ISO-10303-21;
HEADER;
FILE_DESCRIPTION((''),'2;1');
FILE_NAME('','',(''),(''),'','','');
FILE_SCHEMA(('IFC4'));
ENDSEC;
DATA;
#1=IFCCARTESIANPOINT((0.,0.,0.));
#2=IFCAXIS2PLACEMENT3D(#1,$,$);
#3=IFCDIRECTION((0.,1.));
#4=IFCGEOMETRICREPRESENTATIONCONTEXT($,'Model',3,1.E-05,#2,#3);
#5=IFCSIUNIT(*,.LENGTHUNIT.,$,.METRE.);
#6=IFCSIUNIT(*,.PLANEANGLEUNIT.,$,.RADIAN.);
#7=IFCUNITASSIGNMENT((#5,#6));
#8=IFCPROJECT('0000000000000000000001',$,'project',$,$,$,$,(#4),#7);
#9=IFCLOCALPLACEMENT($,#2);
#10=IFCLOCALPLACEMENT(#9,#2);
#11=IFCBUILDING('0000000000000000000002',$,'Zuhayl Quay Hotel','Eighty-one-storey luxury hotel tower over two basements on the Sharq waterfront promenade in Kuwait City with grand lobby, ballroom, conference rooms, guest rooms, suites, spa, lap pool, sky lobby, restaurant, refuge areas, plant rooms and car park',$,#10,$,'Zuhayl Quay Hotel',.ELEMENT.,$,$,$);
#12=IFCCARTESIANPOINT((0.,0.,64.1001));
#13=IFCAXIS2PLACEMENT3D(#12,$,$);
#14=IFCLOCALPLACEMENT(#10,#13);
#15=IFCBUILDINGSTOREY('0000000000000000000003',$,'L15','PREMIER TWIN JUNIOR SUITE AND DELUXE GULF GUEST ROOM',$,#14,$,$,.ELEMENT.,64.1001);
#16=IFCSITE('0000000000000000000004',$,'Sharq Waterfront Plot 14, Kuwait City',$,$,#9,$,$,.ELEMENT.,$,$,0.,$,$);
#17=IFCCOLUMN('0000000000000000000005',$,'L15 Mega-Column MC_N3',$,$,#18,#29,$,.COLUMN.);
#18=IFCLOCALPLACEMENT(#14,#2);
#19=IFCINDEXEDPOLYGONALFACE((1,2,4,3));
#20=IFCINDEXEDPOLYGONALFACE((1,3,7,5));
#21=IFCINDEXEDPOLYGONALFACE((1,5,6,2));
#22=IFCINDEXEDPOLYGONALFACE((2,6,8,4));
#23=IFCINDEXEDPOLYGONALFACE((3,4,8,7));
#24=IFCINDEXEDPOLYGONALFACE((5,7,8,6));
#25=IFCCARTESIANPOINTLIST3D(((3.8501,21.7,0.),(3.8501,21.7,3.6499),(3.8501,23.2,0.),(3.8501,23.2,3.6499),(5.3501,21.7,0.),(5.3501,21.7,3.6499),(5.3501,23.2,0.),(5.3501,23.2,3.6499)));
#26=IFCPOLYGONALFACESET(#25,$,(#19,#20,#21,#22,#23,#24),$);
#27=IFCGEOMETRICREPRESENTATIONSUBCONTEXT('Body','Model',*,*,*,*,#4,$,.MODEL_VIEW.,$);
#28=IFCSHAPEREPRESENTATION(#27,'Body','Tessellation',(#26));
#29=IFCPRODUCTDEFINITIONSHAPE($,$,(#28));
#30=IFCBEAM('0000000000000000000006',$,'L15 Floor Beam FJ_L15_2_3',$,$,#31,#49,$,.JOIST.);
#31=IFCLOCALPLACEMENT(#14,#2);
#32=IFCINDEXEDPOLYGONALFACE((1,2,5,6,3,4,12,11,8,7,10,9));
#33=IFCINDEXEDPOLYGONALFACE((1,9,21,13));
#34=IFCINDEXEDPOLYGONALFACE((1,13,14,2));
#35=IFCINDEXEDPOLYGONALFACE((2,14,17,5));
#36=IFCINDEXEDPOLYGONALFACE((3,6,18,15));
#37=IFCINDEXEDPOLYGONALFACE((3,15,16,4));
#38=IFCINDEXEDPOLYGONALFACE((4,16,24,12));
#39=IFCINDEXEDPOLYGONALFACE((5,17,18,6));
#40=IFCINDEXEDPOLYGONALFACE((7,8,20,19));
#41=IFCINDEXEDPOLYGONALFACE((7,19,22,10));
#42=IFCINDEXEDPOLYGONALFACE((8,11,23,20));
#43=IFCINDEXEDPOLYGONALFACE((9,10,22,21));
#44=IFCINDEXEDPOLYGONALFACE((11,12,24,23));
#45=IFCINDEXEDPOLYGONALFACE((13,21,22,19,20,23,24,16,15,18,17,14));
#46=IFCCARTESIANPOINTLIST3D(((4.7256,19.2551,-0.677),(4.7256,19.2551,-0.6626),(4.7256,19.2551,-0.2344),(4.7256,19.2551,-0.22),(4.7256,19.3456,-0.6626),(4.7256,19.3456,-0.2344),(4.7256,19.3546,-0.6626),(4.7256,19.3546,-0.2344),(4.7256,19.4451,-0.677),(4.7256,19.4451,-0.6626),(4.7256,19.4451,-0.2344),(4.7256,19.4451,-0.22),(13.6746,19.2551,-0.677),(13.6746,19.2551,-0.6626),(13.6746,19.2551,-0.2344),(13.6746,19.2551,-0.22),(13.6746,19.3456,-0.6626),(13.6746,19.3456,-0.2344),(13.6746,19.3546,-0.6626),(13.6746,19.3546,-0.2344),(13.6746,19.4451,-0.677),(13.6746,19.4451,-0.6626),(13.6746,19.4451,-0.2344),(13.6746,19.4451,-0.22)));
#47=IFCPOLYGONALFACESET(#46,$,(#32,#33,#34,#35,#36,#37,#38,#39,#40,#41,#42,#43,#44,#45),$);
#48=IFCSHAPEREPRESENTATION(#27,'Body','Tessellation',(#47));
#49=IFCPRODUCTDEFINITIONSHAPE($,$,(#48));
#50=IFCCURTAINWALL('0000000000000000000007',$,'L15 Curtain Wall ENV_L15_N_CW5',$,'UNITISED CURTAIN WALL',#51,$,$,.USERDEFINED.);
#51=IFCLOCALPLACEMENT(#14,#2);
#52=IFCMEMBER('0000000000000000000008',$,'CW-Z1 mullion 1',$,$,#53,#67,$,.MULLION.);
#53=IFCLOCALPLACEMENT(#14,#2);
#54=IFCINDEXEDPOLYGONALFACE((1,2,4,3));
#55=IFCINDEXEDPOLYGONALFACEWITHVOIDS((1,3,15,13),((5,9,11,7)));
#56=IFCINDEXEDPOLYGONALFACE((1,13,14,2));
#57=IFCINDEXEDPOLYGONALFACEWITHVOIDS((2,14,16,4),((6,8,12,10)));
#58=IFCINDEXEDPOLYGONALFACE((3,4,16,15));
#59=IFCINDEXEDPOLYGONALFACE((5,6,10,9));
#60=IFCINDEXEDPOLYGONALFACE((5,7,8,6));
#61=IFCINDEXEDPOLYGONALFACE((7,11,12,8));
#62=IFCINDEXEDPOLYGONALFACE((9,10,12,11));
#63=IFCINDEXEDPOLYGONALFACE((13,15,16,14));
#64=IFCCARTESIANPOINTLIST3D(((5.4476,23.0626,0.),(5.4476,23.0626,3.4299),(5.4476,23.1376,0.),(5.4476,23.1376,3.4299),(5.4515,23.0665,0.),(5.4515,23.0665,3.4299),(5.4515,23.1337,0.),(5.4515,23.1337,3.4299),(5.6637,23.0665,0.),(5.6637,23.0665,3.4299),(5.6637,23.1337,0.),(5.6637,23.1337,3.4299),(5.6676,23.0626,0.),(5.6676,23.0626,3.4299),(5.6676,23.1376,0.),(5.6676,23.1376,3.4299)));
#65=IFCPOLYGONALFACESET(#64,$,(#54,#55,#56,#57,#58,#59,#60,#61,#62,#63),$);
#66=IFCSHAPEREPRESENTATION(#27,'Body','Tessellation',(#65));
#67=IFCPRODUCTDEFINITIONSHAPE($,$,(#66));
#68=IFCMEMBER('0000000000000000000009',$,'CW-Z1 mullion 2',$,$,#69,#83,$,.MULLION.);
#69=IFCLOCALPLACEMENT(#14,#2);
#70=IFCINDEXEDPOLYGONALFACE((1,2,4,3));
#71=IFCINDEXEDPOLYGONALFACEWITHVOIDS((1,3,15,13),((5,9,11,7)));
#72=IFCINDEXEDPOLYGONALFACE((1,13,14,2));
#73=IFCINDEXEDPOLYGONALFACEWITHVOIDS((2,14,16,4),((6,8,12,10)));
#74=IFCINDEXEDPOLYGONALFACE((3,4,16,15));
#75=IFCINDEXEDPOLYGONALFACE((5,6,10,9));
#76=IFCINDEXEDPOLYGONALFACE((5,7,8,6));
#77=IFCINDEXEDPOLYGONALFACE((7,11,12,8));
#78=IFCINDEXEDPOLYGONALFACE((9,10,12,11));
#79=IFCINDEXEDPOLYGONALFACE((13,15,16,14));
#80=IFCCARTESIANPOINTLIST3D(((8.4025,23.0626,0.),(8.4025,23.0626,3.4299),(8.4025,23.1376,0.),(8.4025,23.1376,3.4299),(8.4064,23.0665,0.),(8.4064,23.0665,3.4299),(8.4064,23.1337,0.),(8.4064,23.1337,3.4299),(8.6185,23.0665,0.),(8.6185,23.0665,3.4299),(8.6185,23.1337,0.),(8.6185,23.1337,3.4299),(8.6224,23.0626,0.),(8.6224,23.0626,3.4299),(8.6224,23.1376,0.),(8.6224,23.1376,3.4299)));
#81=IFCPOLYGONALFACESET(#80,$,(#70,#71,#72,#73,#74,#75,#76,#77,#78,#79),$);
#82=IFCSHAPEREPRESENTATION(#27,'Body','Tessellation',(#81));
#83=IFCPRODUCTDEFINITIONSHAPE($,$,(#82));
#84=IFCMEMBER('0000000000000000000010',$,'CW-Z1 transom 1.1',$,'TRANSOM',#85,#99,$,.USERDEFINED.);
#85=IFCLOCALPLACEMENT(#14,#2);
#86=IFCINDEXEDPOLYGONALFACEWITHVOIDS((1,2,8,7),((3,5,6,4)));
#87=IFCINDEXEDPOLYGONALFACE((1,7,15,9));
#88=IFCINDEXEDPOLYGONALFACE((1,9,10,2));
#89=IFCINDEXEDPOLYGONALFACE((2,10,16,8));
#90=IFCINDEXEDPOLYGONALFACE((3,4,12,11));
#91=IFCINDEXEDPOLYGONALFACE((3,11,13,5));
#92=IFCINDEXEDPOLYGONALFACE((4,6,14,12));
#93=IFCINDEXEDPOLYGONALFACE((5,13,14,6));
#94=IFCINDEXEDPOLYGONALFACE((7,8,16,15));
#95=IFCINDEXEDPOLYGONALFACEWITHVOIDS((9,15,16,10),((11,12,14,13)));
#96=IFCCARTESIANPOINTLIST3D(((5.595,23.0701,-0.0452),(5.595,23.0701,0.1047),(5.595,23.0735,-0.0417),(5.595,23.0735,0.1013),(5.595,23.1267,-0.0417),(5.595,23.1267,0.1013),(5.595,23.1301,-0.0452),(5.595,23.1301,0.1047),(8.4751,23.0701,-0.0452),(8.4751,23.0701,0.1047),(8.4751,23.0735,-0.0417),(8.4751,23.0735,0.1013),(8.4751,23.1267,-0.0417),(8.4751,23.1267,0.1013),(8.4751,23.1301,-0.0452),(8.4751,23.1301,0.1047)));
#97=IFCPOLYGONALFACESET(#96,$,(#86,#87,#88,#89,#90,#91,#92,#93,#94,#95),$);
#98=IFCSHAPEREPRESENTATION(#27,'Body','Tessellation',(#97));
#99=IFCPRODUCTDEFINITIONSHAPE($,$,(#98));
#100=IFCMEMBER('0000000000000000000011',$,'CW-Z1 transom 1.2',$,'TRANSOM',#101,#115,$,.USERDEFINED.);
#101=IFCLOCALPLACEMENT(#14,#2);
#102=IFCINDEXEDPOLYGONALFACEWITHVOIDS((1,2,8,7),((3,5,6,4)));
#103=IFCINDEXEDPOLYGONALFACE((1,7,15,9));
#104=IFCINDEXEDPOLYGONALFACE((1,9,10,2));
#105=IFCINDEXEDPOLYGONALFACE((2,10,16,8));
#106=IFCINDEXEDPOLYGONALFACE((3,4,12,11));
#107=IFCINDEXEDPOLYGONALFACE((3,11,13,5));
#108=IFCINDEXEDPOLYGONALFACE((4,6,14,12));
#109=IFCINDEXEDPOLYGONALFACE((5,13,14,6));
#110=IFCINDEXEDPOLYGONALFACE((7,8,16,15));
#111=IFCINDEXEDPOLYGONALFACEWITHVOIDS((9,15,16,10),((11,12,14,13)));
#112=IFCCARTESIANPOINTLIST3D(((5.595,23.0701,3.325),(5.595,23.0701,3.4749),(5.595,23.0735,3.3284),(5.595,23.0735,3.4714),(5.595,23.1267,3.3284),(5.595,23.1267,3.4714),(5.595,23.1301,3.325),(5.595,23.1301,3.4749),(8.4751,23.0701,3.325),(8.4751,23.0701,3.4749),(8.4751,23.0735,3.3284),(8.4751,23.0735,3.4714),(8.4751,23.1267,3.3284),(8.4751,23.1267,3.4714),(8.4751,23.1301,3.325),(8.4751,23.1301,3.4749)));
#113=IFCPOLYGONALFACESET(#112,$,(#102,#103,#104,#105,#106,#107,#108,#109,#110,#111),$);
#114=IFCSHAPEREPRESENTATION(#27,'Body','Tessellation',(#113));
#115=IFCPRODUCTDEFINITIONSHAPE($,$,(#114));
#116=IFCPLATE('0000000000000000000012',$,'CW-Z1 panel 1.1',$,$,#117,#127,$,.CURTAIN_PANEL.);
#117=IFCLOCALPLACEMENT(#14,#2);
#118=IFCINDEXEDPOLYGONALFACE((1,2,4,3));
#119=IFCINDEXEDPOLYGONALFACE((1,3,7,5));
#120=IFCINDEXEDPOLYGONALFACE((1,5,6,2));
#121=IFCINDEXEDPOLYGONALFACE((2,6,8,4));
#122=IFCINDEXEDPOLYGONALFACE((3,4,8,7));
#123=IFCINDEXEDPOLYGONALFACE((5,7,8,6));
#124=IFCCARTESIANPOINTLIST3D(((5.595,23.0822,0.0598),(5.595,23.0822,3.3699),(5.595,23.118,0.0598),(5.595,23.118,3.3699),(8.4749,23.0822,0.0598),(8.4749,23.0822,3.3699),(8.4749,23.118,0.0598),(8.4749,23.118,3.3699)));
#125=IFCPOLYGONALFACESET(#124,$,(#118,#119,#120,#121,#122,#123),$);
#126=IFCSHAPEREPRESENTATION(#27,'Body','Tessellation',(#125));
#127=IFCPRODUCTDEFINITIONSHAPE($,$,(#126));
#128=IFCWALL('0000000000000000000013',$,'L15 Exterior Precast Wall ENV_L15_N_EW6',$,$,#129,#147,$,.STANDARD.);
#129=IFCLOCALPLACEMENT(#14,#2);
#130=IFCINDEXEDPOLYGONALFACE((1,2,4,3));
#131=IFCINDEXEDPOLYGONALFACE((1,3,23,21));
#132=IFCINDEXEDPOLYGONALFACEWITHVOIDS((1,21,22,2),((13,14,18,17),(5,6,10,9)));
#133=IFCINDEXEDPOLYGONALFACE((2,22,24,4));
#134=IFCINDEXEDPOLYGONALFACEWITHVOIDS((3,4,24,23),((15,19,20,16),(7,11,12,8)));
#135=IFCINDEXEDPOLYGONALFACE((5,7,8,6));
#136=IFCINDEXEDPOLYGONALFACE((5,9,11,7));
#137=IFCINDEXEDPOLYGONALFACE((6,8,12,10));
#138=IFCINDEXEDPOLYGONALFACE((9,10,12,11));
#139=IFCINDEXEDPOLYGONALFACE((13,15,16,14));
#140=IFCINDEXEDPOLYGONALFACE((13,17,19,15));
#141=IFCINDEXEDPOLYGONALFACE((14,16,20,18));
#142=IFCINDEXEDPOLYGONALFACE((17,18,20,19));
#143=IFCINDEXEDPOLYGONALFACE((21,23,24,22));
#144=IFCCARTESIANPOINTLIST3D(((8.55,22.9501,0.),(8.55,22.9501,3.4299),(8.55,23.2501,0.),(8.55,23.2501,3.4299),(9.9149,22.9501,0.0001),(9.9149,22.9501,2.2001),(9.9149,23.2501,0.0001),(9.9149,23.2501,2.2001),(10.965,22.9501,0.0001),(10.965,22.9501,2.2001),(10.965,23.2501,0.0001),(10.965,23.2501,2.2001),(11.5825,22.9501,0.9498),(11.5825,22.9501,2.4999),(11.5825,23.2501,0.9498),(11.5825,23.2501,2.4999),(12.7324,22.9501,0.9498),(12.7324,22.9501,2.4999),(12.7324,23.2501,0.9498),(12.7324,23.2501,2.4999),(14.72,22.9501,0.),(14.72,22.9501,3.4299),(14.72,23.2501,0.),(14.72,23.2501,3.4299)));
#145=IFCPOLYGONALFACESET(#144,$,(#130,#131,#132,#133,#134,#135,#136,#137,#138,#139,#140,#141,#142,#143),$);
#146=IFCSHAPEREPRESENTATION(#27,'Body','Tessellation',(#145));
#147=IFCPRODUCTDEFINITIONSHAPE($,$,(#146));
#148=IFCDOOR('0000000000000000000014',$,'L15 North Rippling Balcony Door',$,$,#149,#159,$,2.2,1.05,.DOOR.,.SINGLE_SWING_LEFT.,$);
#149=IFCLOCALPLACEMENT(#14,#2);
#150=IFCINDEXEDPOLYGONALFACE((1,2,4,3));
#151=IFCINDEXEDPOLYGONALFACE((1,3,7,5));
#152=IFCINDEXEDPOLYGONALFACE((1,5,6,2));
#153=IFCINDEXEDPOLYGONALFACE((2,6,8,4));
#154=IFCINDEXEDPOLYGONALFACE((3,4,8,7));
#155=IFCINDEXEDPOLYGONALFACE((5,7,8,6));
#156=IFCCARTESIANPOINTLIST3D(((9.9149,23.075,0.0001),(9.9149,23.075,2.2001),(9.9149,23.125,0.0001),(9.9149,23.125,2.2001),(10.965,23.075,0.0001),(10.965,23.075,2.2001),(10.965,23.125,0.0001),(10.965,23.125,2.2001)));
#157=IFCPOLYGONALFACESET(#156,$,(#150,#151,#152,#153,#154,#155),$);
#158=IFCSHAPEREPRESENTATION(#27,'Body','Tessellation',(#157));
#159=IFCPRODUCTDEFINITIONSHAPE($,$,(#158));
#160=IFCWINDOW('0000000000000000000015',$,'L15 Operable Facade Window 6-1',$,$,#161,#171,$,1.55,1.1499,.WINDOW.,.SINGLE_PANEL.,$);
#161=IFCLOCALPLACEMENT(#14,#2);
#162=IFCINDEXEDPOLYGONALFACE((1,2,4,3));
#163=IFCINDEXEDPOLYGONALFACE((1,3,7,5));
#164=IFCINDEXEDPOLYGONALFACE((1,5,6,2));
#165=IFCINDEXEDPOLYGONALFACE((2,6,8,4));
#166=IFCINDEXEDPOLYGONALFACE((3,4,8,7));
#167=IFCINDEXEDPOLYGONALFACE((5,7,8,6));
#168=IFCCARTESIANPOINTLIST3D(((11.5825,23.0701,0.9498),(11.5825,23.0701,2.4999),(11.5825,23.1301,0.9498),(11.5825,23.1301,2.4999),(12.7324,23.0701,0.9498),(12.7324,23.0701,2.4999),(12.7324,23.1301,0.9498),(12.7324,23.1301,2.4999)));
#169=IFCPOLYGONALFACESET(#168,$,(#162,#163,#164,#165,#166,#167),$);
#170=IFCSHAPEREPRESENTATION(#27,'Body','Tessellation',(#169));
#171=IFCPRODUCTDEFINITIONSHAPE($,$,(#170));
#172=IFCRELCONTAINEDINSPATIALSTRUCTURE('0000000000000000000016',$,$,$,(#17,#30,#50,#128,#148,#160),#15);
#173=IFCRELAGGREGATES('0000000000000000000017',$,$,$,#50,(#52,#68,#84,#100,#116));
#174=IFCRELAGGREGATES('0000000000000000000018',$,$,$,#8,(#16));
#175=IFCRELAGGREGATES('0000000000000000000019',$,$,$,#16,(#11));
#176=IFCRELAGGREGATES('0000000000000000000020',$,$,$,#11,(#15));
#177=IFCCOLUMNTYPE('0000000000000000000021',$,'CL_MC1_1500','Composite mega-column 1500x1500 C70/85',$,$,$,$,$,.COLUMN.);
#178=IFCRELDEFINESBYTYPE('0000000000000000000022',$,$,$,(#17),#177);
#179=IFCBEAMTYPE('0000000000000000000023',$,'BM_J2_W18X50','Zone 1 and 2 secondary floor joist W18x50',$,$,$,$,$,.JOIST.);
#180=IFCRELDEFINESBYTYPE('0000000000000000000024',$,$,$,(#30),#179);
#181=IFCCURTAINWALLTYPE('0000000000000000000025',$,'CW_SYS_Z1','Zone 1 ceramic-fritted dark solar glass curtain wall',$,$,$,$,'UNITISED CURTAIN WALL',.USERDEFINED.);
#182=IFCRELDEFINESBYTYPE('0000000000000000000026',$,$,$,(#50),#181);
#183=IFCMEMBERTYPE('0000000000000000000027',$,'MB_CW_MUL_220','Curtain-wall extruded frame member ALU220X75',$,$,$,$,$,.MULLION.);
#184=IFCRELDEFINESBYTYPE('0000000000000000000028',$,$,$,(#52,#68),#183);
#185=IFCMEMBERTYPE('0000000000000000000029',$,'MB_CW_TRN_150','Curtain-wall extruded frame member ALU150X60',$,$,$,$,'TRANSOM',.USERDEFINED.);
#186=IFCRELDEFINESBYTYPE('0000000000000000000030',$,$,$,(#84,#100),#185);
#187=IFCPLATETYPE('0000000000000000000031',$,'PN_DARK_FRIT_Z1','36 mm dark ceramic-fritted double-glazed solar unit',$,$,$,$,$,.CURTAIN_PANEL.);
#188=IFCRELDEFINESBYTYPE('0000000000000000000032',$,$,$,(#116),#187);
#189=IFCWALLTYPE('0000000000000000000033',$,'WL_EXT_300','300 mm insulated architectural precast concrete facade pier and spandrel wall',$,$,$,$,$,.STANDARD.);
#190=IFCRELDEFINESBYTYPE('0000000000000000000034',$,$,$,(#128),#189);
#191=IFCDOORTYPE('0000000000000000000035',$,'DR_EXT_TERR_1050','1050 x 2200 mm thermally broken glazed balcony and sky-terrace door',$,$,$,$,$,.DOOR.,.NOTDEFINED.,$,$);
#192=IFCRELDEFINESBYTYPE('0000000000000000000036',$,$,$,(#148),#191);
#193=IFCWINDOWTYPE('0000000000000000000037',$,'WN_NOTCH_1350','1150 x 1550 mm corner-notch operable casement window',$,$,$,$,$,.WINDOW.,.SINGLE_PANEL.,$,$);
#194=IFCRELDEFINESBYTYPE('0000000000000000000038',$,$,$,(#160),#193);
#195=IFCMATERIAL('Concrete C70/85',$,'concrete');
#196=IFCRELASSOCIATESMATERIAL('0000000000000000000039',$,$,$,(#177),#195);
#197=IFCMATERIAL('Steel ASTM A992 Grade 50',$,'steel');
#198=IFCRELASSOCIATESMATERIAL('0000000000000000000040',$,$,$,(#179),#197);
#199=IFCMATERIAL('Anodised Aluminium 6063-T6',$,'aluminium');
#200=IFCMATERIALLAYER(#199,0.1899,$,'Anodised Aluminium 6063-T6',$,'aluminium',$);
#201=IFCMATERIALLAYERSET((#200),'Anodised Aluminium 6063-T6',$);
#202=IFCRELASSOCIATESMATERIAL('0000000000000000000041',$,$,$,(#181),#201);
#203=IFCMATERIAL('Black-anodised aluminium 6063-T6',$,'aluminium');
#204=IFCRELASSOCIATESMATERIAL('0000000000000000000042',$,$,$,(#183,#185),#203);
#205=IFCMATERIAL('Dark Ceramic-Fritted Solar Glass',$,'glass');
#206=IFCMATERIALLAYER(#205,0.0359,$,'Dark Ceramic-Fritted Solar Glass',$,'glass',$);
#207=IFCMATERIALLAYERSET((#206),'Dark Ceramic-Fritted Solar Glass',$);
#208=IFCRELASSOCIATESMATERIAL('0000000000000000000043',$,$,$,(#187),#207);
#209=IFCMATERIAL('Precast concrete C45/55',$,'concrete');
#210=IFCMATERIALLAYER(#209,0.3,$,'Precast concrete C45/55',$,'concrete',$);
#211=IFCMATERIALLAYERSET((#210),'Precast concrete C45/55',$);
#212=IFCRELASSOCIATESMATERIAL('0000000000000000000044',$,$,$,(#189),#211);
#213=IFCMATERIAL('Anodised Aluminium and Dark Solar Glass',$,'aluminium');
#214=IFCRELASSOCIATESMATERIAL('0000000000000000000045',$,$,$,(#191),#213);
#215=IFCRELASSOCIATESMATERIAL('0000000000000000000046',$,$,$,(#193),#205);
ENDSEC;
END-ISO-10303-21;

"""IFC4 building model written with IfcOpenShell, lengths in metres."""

from ifc_helpers import new_model, si_unit, direction, frame, frame_2d, origin, origin_2d, place, context, subcontext, project, spatial, rectangle, hollow_rectangle, i_section, extrude, material, layer, layer_set, material_profile, profile_set, type_object, element, fill, aggregate, save


model = new_model("IFC4")

# Units and contexts
model_context = context("Model", 3, precision=1e-05, world=origin(), true_north=direction((0.0, 1.0)))
body_context = subcontext(model_context, "Body", "Model", "MODEL_VIEW")
ifc_project = project(units=[si_unit("LENGTHUNIT", "METRE"), si_unit("PLANEANGLEUNIT", "RADIAN")], contexts=[model_context])

# Site, building, storey
site_placement = place(None, origin())
site = spatial("IfcSite", under=ifc_project, at=site_placement, Name="Sharq Waterfront Plot 14, Kuwait City", CompositionType="ELEMENT", RefElevation=0.0)
building_placement = place(site_placement, origin())
building = spatial("IfcBuilding", under=site, at=building_placement, Name="Zuhayl Quay Hotel", Description="Eighty-one-storey luxury hotel tower over two basements on the Sharq waterfront promenade in Kuwait City with grand lobby, ballroom, conference rooms, guest rooms, suites, spa, lap pool, sky lobby, restaurant, refuge areas, plant rooms and car park", LongName="Zuhayl Quay Hotel", CompositionType="ELEMENT")
storey_placement = place(building_placement, frame((0.0, 0.0, 64.1001)))
storey = spatial("IfcBuildingStorey", under=building, at=storey_placement, Name="L15", Description="PREMIER TWIN JUNIOR SUITE AND DELUXE GULF GUEST ROOM", CompositionType="ELEMENT", Elevation=64.1001)

# Column
ifc_material_1 = material(Name="Concrete C70/85", Category="concrete")
ifc_material_profile_1 = material_profile(ifc_material_1, rectangle(XDim=1.5, YDim=1.5, at=origin_2d()), Name="RC1500X1500")
ifc_profile_set_1 = profile_set([ifc_material_profile_1], Name="Concrete C70/85")
column_type = type_object("IfcColumnType", Name="CL_MC1_1500", Description="Composite mega-column 1500x1500 C70/85", PredefinedType="COLUMN", material=ifc_profile_set_1)
column_placement = place(storey_placement, frame((4.6001, 22.45, 0.0), z_axis=(0.0, 0.0, 1.0), x_axis=(1.0, 0.0, 0.0)))
element("IfcColumn", 1, at=column_placement, inside=storey, type_object=column_type, Name="L15 Mega-Column MC_N3", PredefinedType="COLUMN", context=body_context, shape_type="SweptSolid", body=[
    extrude(rectangle(XDim=1.5, YDim=1.5, at=origin_2d()), origin(), (0.0, 0.0, 1.0), 3.6499),
])

# Beam
ifc_material_2 = material(Name="Steel ASTM A992 Grade 50", Category="steel")
ifc_material_profile_2 = material_profile(ifc_material_2, i_section(OverallWidth=0.1899, OverallDepth=0.457, WebThickness=0.009, FlangeThickness=0.0144, at=origin_2d()), Name="W18X50")
ifc_profile_set_2 = profile_set([ifc_material_profile_2], Name="Steel ASTM A992 Grade 50")
beam_type = type_object("IfcBeamType", Name="BM_J2_W18X50", Description="Zone 1 and 2 secondary floor joist W18x50", PredefinedType="JOIST", material=ifc_profile_set_2)
beam_placement = place(storey_placement, frame((4.7256, 19.3501, -0.4485), z_axis=(1.0, 0.0, 0.0), x_axis=(0.0, 1.0, 0.0)))
element("IfcBeam", 2, at=beam_placement, inside=storey, type_object=beam_type, Name="L15 Floor Beam FJ_L15_2_3", PredefinedType="JOIST", context=body_context, shape_type="SweptSolid", body=[
    extrude(i_section(OverallWidth=0.1899, OverallDepth=0.457, WebThickness=0.009, FlangeThickness=0.0144, at=origin_2d()), origin(), (0.0, 0.0, 1.0), 8.949),
])

# Curtain wall, members, plate
ifc_material_3 = material(Name="Anodised Aluminium 6063-T6", Category="aluminium")
ifc_layer_1 = layer(ifc_material_3, 0.1899, Name="Anodised Aluminium 6063-T6", Category="aluminium")
ifc_layer_set_1 = layer_set([ifc_layer_1], Name="Anodised Aluminium 6063-T6")
curtain_wall_type = type_object("IfcCurtainWallType", Name="CW_SYS_Z1", Description="Zone 1 ceramic-fritted dark solar glass curtain wall", ElementType="UNITISED CURTAIN WALL", PredefinedType="USERDEFINED", material=ifc_layer_set_1)
curtain_wall_placement = place(storey_placement, origin())
curtain_wall = element("IfcCurtainWall", 3, at=curtain_wall_placement, inside=storey, type_object=curtain_wall_type, Name="L15 Curtain Wall ENV_L15_N_CW5", ObjectType="UNITISED CURTAIN WALL", PredefinedType="USERDEFINED")
ifc_material_4 = material(Name="Black-anodised aluminium 6063-T6", Category="aluminium")
ifc_material_profile_3 = material_profile(ifc_material_4, hollow_rectangle(XDim=0.075, YDim=0.22, WallThickness=0.0039, at=origin_2d()), Name="ALU220X75")
ifc_profile_set_3 = profile_set([ifc_material_profile_3], Name="Black-anodised aluminium 6063-T6")
member_type_1 = type_object("IfcMemberType", Name="MB_CW_MUL_220", Description="Curtain-wall extruded frame member ALU220X75", PredefinedType="MULLION", material=ifc_profile_set_3)
member_1_placement = place(storey_placement, frame((5.5576, 23.1001, 0.0), z_axis=(0.0, 0.0, 1.0), x_axis=(0.0, 1.0, 0.0)))
member_1 = element("IfcMember", 4, at=member_1_placement, type_object=member_type_1, Name="CW-Z1 mullion 1", PredefinedType="MULLION", context=body_context, shape_type="SweptSolid", body=[
    extrude(hollow_rectangle(XDim=0.075, YDim=0.22, WallThickness=0.0039, at=origin_2d()), origin(), (0.0, 0.0, 1.0), 3.4299),
])
member_2_placement = place(storey_placement, frame((8.5125, 23.1001, 0.0), z_axis=(0.0, 0.0, 1.0), x_axis=(0.0, 1.0, 0.0)))
member_2 = element("IfcMember", 5, at=member_2_placement, type_object=member_type_1, Name="CW-Z1 mullion 2", PredefinedType="MULLION", context=body_context, shape_type="SweptSolid", body=[
    extrude(hollow_rectangle(XDim=0.075, YDim=0.22, WallThickness=0.0039, at=origin_2d()), origin(), (0.0, 0.0, 1.0), 3.4299),
])
ifc_material_profile_4 = material_profile(ifc_material_4, hollow_rectangle(XDim=0.0601, YDim=0.1499, WallThickness=0.0034, at=origin_2d()), Name="ALU150X60")
ifc_profile_set_4 = profile_set([ifc_material_profile_4], Name="Black-anodised aluminium 6063-T6")
member_type_2 = type_object("IfcMemberType", Name="MB_CW_TRN_150", Description="Curtain-wall extruded frame member ALU150X60", ElementType="TRANSOM", PredefinedType="USERDEFINED", material=ifc_profile_set_4)
member_3_placement = place(storey_placement, frame((5.595, 23.1001, 0.0298), z_axis=(1.0, 0.0, 0.0), x_axis=(0.0, 1.0, 0.0)))
member_3 = element("IfcMember", 6, at=member_3_placement, type_object=member_type_2, Name="CW-Z1 transom 1.1", ObjectType="TRANSOM", PredefinedType="USERDEFINED", context=body_context, shape_type="SweptSolid", body=[
    extrude(hollow_rectangle(XDim=0.0601, YDim=0.1499, WallThickness=0.0034, at=origin_2d()), origin(), (0.0, 0.0, 1.0), 2.8801),
])
member_4_placement = place(storey_placement, frame((5.595, 23.1001, 3.3999), z_axis=(1.0, 0.0, 0.0), x_axis=(0.0, 1.0, 0.0)))
member_4 = element("IfcMember", 7, at=member_4_placement, type_object=member_type_2, Name="CW-Z1 transom 1.2", ObjectType="TRANSOM", PredefinedType="USERDEFINED", context=body_context, shape_type="SweptSolid", body=[
    extrude(hollow_rectangle(XDim=0.0601, YDim=0.1499, WallThickness=0.0034, at=origin_2d()), origin(), (0.0, 0.0, 1.0), 2.8801),
])
ifc_material_5 = material(Name="Dark Ceramic-Fritted Solar Glass", Category="glass")
ifc_layer_2 = layer(ifc_material_5, 0.0359, Name="Dark Ceramic-Fritted Solar Glass", Category="glass")
ifc_layer_set_2 = layer_set([ifc_layer_2], Name="Dark Ceramic-Fritted Solar Glass")
plate_type = type_object("IfcPlateType", Name="PN_DARK_FRIT_Z1", Description="36 mm dark ceramic-fritted double-glazed solar unit", PredefinedType="CURTAIN_PANEL", material=ifc_layer_set_2)
plate_placement = place(storey_placement, frame((7.0349, 23.1001, 0.0598), z_axis=(0.0, 0.0, 1.0), x_axis=(1.0, 0.0, 0.0)))
plate = element("IfcPlate", 8, at=plate_placement, type_object=plate_type, Name="CW-Z1 panel 1.1", PredefinedType="CURTAIN_PANEL", context=body_context, shape_type="SweptSolid", body=[
    extrude(rectangle(XDim=2.8799, YDim=0.0359, at=origin_2d()), origin(), (0.0, 0.0, 1.0), 3.3101),
])
aggregate(curtain_wall, [member_1, member_2, member_3, member_4, plate])

# Wall, openings, door, window
ifc_material_6 = material(Name="Precast concrete C45/55", Category="concrete")
ifc_layer_3 = layer(ifc_material_6, 0.3, Name="Precast concrete C45/55", Category="concrete")
ifc_layer_set_3 = layer_set([ifc_layer_3], Name="Precast concrete C45/55")
wall_type_1 = type_object("IfcWallType", Name="WL_EXT_300", Description="300 mm insulated architectural precast concrete facade pier and spandrel wall", PredefinedType="STANDARD", material=ifc_layer_set_3)
wall_1_placement = place(storey_placement, frame((8.55, 23.1001, 0.0), z_axis=(0.0, 0.0, 1.0), x_axis=(1.0, 0.0, 0.0)))
wall_1 = element("IfcWall", 9, at=wall_1_placement, inside=storey, type_object=wall_type_1, Name="L15 Exterior Precast Wall ENV_L15_N_EW6", PredefinedType="STANDARD", context=body_context, shape_type="SweptSolid", body=[
    extrude(rectangle(XDim=6.1699, YDim=0.3, at=frame_2d((3.085, 0.0))), origin(), (0.0, 0.0, 1.0), 3.4299),
])
opening_1_placement = place(wall_1_placement, frame((1.365, 0.0, 0.0)))
opening_1 = element("IfcOpeningElement", 10, at=opening_1_placement, cuts=wall_1, PredefinedType="OPENING", context=body_context, shape_type="SweptSolid", body=[
    extrude(rectangle(XDim=1.05, YDim=2.2, at=frame_2d((0.5249, 1.1001))), frame((0.0, 0.1599, 0.0), z_axis=(0.0, -1.0, 0.0), x_axis=(1.0, 0.0, 0.0)), (0.0, 0.0, 1.0), 0.3201),
])
opening_2_placement = place(wall_1_placement, frame((3.0325, 0.0, 0.95)))
opening_2 = element("IfcOpeningElement", 11, at=opening_2_placement, cuts=wall_1, PredefinedType="OPENING", context=body_context, shape_type="SweptSolid", body=[
    extrude(rectangle(XDim=1.1499, YDim=1.55, at=frame_2d((0.575, 0.7749))), frame((0.0, 0.1599, 0.0), z_axis=(0.0, -1.0, 0.0), x_axis=(1.0, 0.0, 0.0)), (0.0, 0.0, 1.0), 0.3201),
])
ifc_material_7 = material(Name="Anodised Aluminium and Dark Solar Glass", Category="aluminium")
door_type_1 = type_object("IfcDoorType", Name="DR_EXT_TERR_1050", Description="1050 x 2200 mm thermally broken glazed balcony and sky-terrace door", OperationType="NOTDEFINED", PredefinedType="DOOR", material=ifc_material_7)
door_1_placement = place(opening_1_placement, origin())
door_1 = element("IfcDoor", 12, at=door_1_placement, inside=storey, type_object=door_type_1, Name="L15 North Rippling Balcony Door", OperationType="SINGLE_SWING_LEFT", OverallHeight=2.2, OverallWidth=1.05, PredefinedType="DOOR", context=body_context, shape_type="SweptSolid", body=[
    extrude(rectangle(XDim=1.05, YDim=2.2, at=frame_2d((0.5249, 1.1001))), frame((0.0, 0.0249, 0.0), z_axis=(0.0, -1.0, 0.0), x_axis=(1.0, 0.0, 0.0)), (0.0, 0.0, 1.0), 0.05),
])
fill(opening_1, door_1)
window_type = type_object("IfcWindowType", Name="WN_NOTCH_1350", Description="1150 x 1550 mm corner-notch operable casement window", PartitioningType="SINGLE_PANEL", PredefinedType="WINDOW", material=ifc_material_5)
window_placement = place(opening_2_placement, origin())
window = element("IfcWindow", 13, at=window_placement, inside=storey, type_object=window_type, Name="L15 Operable Facade Window 6-1", OverallHeight=1.55, OverallWidth=1.1499, PartitioningType="SINGLE_PANEL", PredefinedType="WINDOW", context=body_context, shape_type="SweptSolid", body=[
    extrude(rectangle(XDim=1.1499, YDim=1.55, at=frame_2d((0.575, 0.7749))), frame((0.0, 0.03, 0.0), z_axis=(0.0, -1.0, 0.0), x_axis=(1.0, 0.0, 0.0)), (0.0, 0.0, 1.0), 0.0601),
])
fill(opening_2, window)

save(model, "model.ifc")
